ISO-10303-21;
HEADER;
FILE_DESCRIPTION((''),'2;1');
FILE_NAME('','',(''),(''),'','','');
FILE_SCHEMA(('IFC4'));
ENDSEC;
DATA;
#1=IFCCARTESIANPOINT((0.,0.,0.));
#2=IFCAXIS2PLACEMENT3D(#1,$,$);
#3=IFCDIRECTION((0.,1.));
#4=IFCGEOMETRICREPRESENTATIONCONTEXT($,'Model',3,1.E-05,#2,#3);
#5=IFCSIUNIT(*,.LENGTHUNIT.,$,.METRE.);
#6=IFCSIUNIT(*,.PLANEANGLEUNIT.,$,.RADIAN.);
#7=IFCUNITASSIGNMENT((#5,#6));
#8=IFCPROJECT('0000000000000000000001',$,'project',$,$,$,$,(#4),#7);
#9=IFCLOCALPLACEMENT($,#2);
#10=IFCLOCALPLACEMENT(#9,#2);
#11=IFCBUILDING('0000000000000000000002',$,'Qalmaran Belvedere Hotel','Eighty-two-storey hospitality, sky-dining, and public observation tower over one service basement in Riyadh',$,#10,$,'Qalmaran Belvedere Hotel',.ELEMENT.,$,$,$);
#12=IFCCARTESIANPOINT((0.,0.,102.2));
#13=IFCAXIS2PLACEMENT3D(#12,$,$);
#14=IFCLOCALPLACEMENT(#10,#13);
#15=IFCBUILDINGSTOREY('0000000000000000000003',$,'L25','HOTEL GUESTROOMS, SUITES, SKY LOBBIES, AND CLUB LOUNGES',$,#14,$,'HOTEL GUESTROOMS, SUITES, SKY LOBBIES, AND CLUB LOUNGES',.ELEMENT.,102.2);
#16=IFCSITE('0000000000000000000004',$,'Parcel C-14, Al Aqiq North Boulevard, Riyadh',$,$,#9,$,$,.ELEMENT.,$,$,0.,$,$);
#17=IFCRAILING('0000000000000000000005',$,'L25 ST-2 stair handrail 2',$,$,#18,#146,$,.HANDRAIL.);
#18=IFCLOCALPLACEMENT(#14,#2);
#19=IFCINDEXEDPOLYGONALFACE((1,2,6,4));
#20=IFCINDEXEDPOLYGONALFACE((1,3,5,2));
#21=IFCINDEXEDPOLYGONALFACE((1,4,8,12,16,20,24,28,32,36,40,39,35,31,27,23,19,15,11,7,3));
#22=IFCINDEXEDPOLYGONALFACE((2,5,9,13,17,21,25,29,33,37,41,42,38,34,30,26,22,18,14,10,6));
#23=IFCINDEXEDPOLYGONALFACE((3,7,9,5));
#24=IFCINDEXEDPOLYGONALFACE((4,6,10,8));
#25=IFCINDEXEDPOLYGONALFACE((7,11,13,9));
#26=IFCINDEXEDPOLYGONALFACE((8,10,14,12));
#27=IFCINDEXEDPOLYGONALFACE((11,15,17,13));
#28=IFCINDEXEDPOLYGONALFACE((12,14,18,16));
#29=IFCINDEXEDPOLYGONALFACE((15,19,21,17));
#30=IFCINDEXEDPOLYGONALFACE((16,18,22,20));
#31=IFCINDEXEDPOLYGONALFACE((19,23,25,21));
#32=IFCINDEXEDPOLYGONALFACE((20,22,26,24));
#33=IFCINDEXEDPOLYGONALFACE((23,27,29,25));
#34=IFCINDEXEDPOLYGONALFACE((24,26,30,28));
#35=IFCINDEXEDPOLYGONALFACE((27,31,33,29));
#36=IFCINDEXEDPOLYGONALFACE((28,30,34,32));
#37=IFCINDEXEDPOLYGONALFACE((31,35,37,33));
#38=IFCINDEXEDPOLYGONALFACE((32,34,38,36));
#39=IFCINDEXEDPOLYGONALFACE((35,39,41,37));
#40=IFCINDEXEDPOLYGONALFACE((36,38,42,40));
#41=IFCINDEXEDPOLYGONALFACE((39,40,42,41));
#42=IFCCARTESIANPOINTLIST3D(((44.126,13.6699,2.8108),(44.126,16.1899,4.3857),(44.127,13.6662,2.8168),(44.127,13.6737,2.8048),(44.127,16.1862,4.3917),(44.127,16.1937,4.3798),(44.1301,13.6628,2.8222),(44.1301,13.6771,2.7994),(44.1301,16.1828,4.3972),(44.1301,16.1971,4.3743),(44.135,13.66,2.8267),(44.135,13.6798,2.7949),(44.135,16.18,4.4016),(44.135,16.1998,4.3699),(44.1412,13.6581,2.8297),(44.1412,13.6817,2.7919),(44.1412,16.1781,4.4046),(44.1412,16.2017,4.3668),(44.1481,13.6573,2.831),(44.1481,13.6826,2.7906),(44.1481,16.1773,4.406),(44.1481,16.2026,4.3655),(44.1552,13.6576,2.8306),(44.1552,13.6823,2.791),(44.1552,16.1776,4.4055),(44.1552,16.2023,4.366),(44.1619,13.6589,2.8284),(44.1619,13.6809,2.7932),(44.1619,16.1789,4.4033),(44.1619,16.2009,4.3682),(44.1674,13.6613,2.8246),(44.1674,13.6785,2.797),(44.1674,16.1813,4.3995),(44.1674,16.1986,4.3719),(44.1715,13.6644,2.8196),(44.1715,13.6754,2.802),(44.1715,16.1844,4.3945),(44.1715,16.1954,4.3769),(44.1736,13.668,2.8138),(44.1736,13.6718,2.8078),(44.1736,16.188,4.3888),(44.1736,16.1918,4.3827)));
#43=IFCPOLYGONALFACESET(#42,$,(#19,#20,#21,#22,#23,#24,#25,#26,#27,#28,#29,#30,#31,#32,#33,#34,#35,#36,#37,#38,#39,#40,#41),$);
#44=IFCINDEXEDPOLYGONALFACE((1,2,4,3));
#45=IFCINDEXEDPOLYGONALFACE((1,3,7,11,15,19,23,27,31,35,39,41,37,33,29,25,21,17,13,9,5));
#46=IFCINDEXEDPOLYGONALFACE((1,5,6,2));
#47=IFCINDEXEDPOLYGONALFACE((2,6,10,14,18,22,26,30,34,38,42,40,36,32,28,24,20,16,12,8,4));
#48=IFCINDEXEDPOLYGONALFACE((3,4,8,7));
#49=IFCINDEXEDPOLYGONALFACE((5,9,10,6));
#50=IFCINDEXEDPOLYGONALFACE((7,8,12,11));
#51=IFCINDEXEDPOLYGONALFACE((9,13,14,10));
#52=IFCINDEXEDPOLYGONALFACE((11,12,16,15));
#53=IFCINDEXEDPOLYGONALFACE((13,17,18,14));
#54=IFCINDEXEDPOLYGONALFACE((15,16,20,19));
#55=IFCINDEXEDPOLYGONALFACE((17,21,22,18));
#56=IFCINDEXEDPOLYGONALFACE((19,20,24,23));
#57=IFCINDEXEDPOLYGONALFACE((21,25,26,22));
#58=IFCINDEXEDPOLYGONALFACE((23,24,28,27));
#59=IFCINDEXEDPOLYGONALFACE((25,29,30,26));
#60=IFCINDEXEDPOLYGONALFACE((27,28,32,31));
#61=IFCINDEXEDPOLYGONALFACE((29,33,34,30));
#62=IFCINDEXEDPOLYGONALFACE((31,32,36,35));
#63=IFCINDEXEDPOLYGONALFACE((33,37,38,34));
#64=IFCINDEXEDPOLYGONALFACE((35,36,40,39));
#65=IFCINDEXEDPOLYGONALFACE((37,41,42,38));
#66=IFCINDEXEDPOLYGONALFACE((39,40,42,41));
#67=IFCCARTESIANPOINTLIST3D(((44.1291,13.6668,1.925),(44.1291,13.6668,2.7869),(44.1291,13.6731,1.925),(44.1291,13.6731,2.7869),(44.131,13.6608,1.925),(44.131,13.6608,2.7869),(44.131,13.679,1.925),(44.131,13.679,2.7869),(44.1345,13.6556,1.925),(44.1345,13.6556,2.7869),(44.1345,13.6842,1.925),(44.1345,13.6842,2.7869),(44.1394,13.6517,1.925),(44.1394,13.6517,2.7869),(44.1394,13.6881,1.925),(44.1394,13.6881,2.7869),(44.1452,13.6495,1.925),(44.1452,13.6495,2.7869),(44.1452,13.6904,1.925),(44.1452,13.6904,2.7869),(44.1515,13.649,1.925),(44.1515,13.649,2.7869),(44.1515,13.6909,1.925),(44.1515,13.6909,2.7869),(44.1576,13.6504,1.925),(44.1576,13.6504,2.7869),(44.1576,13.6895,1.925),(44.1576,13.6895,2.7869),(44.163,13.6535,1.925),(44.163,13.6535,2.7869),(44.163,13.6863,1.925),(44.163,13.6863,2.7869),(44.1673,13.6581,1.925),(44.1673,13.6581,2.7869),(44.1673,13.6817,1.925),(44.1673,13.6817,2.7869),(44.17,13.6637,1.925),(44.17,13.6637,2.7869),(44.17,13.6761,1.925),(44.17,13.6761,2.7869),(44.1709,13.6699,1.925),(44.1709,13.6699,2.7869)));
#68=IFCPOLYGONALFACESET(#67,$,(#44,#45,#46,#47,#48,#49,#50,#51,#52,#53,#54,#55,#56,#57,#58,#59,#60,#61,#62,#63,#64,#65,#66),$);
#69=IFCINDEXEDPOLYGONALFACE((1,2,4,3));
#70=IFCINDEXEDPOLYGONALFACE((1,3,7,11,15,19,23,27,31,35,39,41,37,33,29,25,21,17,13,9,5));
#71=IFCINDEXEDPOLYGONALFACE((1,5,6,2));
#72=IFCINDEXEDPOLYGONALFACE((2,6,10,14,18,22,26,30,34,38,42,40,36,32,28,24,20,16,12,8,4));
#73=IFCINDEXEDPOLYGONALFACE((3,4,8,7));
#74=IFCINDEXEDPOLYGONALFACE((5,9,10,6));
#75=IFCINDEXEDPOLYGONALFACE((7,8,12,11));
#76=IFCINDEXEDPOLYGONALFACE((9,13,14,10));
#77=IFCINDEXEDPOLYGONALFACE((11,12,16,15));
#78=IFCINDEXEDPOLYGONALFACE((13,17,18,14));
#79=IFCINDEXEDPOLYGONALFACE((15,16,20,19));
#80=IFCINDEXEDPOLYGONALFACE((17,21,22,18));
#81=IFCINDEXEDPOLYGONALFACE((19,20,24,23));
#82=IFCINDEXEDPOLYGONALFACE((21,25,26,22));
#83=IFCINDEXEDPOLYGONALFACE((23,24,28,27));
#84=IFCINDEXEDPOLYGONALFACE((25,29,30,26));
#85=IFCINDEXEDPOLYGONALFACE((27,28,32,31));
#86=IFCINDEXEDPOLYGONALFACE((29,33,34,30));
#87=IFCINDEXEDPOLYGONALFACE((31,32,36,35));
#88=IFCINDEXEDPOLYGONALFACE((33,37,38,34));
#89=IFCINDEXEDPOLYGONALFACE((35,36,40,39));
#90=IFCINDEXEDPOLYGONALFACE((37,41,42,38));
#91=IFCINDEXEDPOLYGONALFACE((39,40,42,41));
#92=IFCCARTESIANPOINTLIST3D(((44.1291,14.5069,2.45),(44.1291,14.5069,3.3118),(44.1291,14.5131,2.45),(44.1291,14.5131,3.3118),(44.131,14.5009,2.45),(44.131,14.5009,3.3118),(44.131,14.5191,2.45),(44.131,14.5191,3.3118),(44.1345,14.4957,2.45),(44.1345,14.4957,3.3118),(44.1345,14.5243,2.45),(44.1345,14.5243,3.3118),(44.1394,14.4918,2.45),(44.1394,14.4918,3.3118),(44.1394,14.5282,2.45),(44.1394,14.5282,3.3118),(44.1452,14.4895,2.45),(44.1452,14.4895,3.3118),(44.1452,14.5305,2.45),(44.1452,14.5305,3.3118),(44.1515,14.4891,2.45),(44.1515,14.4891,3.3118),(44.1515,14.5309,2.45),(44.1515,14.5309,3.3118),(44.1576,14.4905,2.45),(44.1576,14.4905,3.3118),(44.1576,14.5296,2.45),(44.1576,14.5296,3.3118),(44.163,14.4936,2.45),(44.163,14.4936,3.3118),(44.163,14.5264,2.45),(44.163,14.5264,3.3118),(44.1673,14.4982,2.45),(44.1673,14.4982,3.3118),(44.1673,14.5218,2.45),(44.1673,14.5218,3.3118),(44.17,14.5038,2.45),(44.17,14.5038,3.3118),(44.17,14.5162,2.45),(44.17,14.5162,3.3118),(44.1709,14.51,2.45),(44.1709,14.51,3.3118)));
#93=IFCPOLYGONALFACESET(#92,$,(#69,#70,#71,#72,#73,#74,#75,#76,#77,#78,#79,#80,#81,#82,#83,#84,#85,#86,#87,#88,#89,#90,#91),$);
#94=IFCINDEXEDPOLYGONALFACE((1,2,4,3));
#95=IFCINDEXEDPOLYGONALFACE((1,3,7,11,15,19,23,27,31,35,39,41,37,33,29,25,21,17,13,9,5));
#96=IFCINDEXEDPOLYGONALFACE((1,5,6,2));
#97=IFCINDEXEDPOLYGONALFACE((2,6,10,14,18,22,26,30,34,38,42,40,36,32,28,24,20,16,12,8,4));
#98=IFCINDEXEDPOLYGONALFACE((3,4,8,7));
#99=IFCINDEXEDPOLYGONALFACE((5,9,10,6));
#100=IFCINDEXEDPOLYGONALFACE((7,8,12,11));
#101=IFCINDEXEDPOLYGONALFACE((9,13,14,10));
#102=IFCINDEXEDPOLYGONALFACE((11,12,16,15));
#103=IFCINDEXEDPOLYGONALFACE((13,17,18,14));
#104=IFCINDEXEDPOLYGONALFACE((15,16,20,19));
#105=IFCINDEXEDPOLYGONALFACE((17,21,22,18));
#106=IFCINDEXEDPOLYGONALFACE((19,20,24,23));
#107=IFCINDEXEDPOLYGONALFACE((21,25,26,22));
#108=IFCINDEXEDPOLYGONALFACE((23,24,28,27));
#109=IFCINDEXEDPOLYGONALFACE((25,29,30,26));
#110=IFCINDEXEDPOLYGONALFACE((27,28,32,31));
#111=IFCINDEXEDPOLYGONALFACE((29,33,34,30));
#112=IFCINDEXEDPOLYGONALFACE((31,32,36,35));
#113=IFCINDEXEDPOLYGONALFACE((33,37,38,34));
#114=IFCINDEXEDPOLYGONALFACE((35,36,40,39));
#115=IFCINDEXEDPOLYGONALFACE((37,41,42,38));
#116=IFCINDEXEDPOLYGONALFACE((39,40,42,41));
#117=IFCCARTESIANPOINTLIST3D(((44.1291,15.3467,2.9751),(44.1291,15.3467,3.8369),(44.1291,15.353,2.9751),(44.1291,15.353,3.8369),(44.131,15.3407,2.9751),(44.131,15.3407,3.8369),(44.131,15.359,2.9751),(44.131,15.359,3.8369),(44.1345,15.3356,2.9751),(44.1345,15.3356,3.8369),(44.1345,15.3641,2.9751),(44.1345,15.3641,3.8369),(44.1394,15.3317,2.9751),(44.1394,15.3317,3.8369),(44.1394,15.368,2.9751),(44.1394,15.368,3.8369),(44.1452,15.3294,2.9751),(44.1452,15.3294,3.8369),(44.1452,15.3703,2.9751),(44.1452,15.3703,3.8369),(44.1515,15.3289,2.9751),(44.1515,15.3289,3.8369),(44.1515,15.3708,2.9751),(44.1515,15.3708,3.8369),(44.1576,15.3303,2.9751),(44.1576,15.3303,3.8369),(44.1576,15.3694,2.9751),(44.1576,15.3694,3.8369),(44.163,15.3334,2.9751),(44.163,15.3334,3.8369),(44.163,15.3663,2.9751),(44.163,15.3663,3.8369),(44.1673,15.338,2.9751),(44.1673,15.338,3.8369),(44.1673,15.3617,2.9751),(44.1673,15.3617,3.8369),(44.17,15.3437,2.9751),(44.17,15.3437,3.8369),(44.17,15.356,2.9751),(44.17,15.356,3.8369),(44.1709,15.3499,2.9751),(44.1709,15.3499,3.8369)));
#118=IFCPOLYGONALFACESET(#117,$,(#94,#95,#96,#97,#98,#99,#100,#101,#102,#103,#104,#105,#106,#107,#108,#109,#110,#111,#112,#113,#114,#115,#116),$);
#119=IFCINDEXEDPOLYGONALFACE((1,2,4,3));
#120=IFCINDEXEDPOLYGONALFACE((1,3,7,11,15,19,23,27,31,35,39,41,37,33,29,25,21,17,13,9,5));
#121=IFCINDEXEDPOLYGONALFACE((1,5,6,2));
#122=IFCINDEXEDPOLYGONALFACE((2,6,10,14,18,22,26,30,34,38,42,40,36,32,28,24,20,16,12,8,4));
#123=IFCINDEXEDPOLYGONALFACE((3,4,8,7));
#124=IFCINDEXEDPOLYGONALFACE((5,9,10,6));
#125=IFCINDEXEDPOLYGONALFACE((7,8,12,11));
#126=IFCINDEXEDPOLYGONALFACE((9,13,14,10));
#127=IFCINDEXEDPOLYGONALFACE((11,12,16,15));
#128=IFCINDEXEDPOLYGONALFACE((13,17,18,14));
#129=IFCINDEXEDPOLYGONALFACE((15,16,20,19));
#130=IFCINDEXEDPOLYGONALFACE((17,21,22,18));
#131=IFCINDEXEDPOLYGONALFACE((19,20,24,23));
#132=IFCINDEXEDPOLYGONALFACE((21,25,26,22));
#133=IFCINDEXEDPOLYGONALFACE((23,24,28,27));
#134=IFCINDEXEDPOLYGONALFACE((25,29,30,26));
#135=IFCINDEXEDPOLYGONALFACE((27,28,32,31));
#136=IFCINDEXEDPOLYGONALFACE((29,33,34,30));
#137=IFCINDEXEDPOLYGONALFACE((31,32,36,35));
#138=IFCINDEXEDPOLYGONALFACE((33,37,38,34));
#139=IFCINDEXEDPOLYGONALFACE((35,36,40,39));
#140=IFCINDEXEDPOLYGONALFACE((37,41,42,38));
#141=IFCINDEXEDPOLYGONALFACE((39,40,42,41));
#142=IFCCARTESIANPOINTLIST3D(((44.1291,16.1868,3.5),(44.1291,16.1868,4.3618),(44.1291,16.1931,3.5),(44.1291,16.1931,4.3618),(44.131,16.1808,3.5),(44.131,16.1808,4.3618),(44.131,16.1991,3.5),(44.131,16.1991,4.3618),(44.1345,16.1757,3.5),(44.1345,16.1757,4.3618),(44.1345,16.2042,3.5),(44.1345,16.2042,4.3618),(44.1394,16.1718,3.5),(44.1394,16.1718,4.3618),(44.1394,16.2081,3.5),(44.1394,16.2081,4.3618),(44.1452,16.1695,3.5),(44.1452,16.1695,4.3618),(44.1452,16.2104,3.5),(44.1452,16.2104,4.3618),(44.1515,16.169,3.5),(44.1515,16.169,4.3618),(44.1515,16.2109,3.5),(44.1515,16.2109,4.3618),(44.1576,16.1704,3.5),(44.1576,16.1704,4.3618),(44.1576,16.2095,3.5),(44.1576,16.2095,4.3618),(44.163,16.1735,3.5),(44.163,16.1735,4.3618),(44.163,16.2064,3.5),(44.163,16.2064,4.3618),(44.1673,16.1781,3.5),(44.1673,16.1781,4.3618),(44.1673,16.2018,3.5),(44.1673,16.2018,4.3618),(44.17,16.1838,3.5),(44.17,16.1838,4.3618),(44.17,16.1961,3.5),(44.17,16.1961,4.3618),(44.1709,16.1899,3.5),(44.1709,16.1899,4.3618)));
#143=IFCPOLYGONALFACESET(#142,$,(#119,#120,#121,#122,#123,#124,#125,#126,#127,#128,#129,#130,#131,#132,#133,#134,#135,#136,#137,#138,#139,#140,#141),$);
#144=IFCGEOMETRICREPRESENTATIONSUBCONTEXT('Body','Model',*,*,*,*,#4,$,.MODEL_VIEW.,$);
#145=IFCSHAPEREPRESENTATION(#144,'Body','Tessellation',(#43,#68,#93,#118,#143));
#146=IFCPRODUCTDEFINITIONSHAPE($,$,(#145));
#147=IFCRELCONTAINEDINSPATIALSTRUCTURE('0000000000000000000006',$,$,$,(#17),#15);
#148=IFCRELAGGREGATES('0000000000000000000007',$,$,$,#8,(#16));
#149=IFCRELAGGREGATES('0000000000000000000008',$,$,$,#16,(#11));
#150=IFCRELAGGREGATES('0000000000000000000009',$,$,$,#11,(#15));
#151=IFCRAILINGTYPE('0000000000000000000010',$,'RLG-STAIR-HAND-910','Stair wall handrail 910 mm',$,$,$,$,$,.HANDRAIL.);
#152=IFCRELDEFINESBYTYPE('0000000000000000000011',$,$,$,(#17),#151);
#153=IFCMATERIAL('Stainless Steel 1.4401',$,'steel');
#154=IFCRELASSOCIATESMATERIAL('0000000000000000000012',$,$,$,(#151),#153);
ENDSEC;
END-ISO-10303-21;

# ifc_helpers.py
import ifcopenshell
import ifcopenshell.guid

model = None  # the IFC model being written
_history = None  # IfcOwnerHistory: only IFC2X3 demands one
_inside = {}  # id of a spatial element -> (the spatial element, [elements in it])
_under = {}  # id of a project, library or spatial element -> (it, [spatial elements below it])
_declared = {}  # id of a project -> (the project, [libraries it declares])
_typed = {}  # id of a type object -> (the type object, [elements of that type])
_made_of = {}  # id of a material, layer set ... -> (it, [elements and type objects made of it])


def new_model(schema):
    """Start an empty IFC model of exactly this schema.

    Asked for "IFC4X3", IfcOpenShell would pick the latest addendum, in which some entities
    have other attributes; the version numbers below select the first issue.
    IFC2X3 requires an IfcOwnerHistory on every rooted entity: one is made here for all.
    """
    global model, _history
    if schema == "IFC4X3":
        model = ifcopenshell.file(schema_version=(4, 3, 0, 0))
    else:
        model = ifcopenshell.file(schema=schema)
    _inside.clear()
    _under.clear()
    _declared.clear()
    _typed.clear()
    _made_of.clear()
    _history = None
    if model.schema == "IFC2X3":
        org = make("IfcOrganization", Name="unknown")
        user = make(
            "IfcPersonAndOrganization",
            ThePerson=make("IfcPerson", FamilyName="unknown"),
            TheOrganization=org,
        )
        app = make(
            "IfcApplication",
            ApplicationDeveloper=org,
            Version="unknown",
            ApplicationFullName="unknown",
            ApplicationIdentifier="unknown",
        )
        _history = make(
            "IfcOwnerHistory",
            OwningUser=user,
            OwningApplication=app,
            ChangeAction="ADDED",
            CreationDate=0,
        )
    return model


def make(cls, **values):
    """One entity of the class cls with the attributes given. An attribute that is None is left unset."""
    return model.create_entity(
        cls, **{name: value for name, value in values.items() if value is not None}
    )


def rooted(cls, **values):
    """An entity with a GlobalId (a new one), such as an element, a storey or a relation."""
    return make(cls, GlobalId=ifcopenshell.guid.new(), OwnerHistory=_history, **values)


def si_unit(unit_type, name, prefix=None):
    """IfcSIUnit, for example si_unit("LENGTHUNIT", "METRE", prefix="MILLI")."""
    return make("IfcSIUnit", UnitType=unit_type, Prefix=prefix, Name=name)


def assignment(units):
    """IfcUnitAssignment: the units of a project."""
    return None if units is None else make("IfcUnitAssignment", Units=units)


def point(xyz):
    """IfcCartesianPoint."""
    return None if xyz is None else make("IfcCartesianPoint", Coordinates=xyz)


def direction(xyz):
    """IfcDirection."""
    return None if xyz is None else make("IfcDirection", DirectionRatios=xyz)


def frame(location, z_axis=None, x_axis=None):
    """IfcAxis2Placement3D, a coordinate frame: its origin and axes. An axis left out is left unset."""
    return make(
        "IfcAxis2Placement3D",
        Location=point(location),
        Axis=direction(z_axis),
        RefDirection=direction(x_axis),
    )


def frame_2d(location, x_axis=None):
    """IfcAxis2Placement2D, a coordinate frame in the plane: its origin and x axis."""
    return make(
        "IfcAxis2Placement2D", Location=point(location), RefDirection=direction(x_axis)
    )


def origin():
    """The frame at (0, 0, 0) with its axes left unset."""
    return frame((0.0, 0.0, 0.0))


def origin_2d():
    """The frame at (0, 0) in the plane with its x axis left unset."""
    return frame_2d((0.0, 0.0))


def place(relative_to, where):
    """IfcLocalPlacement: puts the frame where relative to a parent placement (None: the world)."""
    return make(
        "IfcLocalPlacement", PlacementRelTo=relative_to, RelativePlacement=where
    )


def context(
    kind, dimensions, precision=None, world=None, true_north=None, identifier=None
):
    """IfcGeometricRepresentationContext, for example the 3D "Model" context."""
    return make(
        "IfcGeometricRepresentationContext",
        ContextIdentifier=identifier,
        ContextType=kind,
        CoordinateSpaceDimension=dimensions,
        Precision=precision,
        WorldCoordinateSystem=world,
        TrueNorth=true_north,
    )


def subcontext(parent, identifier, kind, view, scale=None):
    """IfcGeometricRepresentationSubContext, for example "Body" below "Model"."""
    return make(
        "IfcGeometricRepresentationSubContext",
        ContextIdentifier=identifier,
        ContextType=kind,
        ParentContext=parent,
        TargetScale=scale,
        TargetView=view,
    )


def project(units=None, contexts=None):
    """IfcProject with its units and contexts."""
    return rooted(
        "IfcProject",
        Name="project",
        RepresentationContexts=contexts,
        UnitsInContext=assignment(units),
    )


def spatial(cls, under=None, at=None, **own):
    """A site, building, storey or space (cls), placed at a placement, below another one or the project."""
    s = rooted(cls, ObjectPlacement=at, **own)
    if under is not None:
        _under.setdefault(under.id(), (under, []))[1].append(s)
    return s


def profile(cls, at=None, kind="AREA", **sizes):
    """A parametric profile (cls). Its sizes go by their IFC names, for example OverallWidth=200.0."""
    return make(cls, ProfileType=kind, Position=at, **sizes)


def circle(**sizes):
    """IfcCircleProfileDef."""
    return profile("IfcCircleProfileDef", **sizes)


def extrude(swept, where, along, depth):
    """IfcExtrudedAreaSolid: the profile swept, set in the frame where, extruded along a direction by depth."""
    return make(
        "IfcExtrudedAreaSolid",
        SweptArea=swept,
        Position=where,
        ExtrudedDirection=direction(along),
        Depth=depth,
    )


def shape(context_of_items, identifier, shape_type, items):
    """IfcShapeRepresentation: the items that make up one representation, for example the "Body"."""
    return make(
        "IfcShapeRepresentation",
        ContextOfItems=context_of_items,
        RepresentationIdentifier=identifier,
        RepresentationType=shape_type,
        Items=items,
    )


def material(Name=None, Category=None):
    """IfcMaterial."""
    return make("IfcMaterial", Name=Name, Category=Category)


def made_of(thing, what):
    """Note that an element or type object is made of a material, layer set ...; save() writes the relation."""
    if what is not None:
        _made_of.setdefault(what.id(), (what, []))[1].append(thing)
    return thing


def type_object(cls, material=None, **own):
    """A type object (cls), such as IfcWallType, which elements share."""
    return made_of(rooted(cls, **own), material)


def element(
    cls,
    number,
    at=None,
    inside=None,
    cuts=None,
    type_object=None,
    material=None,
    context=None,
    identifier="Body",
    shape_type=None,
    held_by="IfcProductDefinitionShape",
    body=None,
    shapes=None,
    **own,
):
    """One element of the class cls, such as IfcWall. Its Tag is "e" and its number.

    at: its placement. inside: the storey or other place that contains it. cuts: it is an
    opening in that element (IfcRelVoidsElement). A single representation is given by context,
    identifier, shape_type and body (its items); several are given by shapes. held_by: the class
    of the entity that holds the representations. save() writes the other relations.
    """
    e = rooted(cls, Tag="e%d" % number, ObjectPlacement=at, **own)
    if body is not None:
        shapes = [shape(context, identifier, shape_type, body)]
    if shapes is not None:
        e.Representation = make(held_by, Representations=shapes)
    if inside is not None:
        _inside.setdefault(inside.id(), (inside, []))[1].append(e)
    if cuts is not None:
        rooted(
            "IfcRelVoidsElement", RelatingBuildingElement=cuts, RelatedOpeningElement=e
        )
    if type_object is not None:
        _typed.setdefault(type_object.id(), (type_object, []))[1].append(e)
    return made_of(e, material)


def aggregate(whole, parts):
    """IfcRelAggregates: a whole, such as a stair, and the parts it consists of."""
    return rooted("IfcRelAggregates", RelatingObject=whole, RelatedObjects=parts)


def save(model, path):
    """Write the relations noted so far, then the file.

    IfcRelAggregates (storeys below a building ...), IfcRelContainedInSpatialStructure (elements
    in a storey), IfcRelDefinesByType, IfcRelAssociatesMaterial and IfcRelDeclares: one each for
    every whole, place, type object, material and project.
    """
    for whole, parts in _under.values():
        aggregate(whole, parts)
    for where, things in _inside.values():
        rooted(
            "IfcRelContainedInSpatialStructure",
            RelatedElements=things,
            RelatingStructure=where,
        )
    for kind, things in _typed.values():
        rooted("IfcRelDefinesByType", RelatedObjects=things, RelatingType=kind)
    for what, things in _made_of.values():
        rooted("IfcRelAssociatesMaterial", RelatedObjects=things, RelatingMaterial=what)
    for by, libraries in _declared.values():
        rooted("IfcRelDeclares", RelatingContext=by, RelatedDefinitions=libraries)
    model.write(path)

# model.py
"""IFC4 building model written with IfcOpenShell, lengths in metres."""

from ifc_helpers import new_model, si_unit, direction, frame, origin, origin_2d, place, context, subcontext, project, spatial, circle, extrude, material, type_object, element, save


model = new_model("IFC4")

# Units and contexts
model_context = context("Model", 3, precision=1e-05, world=origin(), true_north=direction((0.0, 1.0)))
body_context = subcontext(model_context, "Body", "Model", "MODEL_VIEW")
ifc_project = project(units=[si_unit("LENGTHUNIT", "METRE"), si_unit("PLANEANGLEUNIT", "RADIAN")], contexts=[model_context])

# Site, building, storey
site_placement = place(None, origin())
site = spatial("IfcSite", under=ifc_project, at=site_placement, Name="Parcel C-14, Al Aqiq North Boulevard, Riyadh", CompositionType="ELEMENT", RefElevation=0.0)
building_placement = place(site_placement, origin())
building = spatial("IfcBuilding", under=site, at=building_placement, Name="Qalmaran Belvedere Hotel", Description="Eighty-two-storey hospitality, sky-dining, and public observation tower over one service basement in Riyadh", LongName="Qalmaran Belvedere Hotel", CompositionType="ELEMENT")
storey_placement = place(building_placement, frame((0.0, 0.0, 102.2)))
storey = spatial("IfcBuildingStorey", under=building, at=storey_placement, Name="L25", Description="HOTEL GUESTROOMS, SUITES, SKY LOBBIES, AND CLUB LOUNGES", LongName="HOTEL GUESTROOMS, SUITES, SKY LOBBIES, AND CLUB LOUNGES", CompositionType="ELEMENT", Elevation=102.2)

# Shared definitions
ifc_material_1 = material(Name="Stainless Steel 1.4401", Category="steel")

# Railing
railing_type_1 = type_object("IfcRailingType", Name="RLG-STAIR-HAND-910", Description="Stair wall handrail 910 mm", PredefinedType="HANDRAIL", material=ifc_material_1)
railing_1_placement = place(storey_placement, frame((44.1499, 13.6699, 1.925)))
element("IfcRailing", 1, at=railing_1_placement, inside=storey, type_object=railing_type_1, Name="L25 ST-2 stair handrail 2", PredefinedType="HANDRAIL", context=body_context, shape_type="SweptSolid", body=[
    extrude(circle(Radius=0.0239, at=origin_2d()), frame((0.0, 0.0, 0.8857), z_axis=(0.0, 0.848008, 0.529984), x_axis=(-1.0, 0.0, 0.0)), (0.0, 0.0, 1.0), 2.9717),
    extrude(circle(Radius=0.021, at=origin_2d()), origin(), (0.0, 0.0, 1.0), 0.8618),
    extrude(circle(Radius=0.021, at=origin_2d()), frame((0.0, 0.8401, 0.5249)), (0.0, 0.0, 1.0), 0.8618),
    extrude(circle(Radius=0.021, at=origin_2d()), frame((0.0, 1.6799, 1.05)), (0.0, 0.0, 1.0), 0.8618),
    extrude(circle(Radius=0.021, at=origin_2d()), frame((0.0, 2.52, 1.575)), (0.0, 0.0, 1.0), 0.8618),
])

save(model, "model.ifc")
